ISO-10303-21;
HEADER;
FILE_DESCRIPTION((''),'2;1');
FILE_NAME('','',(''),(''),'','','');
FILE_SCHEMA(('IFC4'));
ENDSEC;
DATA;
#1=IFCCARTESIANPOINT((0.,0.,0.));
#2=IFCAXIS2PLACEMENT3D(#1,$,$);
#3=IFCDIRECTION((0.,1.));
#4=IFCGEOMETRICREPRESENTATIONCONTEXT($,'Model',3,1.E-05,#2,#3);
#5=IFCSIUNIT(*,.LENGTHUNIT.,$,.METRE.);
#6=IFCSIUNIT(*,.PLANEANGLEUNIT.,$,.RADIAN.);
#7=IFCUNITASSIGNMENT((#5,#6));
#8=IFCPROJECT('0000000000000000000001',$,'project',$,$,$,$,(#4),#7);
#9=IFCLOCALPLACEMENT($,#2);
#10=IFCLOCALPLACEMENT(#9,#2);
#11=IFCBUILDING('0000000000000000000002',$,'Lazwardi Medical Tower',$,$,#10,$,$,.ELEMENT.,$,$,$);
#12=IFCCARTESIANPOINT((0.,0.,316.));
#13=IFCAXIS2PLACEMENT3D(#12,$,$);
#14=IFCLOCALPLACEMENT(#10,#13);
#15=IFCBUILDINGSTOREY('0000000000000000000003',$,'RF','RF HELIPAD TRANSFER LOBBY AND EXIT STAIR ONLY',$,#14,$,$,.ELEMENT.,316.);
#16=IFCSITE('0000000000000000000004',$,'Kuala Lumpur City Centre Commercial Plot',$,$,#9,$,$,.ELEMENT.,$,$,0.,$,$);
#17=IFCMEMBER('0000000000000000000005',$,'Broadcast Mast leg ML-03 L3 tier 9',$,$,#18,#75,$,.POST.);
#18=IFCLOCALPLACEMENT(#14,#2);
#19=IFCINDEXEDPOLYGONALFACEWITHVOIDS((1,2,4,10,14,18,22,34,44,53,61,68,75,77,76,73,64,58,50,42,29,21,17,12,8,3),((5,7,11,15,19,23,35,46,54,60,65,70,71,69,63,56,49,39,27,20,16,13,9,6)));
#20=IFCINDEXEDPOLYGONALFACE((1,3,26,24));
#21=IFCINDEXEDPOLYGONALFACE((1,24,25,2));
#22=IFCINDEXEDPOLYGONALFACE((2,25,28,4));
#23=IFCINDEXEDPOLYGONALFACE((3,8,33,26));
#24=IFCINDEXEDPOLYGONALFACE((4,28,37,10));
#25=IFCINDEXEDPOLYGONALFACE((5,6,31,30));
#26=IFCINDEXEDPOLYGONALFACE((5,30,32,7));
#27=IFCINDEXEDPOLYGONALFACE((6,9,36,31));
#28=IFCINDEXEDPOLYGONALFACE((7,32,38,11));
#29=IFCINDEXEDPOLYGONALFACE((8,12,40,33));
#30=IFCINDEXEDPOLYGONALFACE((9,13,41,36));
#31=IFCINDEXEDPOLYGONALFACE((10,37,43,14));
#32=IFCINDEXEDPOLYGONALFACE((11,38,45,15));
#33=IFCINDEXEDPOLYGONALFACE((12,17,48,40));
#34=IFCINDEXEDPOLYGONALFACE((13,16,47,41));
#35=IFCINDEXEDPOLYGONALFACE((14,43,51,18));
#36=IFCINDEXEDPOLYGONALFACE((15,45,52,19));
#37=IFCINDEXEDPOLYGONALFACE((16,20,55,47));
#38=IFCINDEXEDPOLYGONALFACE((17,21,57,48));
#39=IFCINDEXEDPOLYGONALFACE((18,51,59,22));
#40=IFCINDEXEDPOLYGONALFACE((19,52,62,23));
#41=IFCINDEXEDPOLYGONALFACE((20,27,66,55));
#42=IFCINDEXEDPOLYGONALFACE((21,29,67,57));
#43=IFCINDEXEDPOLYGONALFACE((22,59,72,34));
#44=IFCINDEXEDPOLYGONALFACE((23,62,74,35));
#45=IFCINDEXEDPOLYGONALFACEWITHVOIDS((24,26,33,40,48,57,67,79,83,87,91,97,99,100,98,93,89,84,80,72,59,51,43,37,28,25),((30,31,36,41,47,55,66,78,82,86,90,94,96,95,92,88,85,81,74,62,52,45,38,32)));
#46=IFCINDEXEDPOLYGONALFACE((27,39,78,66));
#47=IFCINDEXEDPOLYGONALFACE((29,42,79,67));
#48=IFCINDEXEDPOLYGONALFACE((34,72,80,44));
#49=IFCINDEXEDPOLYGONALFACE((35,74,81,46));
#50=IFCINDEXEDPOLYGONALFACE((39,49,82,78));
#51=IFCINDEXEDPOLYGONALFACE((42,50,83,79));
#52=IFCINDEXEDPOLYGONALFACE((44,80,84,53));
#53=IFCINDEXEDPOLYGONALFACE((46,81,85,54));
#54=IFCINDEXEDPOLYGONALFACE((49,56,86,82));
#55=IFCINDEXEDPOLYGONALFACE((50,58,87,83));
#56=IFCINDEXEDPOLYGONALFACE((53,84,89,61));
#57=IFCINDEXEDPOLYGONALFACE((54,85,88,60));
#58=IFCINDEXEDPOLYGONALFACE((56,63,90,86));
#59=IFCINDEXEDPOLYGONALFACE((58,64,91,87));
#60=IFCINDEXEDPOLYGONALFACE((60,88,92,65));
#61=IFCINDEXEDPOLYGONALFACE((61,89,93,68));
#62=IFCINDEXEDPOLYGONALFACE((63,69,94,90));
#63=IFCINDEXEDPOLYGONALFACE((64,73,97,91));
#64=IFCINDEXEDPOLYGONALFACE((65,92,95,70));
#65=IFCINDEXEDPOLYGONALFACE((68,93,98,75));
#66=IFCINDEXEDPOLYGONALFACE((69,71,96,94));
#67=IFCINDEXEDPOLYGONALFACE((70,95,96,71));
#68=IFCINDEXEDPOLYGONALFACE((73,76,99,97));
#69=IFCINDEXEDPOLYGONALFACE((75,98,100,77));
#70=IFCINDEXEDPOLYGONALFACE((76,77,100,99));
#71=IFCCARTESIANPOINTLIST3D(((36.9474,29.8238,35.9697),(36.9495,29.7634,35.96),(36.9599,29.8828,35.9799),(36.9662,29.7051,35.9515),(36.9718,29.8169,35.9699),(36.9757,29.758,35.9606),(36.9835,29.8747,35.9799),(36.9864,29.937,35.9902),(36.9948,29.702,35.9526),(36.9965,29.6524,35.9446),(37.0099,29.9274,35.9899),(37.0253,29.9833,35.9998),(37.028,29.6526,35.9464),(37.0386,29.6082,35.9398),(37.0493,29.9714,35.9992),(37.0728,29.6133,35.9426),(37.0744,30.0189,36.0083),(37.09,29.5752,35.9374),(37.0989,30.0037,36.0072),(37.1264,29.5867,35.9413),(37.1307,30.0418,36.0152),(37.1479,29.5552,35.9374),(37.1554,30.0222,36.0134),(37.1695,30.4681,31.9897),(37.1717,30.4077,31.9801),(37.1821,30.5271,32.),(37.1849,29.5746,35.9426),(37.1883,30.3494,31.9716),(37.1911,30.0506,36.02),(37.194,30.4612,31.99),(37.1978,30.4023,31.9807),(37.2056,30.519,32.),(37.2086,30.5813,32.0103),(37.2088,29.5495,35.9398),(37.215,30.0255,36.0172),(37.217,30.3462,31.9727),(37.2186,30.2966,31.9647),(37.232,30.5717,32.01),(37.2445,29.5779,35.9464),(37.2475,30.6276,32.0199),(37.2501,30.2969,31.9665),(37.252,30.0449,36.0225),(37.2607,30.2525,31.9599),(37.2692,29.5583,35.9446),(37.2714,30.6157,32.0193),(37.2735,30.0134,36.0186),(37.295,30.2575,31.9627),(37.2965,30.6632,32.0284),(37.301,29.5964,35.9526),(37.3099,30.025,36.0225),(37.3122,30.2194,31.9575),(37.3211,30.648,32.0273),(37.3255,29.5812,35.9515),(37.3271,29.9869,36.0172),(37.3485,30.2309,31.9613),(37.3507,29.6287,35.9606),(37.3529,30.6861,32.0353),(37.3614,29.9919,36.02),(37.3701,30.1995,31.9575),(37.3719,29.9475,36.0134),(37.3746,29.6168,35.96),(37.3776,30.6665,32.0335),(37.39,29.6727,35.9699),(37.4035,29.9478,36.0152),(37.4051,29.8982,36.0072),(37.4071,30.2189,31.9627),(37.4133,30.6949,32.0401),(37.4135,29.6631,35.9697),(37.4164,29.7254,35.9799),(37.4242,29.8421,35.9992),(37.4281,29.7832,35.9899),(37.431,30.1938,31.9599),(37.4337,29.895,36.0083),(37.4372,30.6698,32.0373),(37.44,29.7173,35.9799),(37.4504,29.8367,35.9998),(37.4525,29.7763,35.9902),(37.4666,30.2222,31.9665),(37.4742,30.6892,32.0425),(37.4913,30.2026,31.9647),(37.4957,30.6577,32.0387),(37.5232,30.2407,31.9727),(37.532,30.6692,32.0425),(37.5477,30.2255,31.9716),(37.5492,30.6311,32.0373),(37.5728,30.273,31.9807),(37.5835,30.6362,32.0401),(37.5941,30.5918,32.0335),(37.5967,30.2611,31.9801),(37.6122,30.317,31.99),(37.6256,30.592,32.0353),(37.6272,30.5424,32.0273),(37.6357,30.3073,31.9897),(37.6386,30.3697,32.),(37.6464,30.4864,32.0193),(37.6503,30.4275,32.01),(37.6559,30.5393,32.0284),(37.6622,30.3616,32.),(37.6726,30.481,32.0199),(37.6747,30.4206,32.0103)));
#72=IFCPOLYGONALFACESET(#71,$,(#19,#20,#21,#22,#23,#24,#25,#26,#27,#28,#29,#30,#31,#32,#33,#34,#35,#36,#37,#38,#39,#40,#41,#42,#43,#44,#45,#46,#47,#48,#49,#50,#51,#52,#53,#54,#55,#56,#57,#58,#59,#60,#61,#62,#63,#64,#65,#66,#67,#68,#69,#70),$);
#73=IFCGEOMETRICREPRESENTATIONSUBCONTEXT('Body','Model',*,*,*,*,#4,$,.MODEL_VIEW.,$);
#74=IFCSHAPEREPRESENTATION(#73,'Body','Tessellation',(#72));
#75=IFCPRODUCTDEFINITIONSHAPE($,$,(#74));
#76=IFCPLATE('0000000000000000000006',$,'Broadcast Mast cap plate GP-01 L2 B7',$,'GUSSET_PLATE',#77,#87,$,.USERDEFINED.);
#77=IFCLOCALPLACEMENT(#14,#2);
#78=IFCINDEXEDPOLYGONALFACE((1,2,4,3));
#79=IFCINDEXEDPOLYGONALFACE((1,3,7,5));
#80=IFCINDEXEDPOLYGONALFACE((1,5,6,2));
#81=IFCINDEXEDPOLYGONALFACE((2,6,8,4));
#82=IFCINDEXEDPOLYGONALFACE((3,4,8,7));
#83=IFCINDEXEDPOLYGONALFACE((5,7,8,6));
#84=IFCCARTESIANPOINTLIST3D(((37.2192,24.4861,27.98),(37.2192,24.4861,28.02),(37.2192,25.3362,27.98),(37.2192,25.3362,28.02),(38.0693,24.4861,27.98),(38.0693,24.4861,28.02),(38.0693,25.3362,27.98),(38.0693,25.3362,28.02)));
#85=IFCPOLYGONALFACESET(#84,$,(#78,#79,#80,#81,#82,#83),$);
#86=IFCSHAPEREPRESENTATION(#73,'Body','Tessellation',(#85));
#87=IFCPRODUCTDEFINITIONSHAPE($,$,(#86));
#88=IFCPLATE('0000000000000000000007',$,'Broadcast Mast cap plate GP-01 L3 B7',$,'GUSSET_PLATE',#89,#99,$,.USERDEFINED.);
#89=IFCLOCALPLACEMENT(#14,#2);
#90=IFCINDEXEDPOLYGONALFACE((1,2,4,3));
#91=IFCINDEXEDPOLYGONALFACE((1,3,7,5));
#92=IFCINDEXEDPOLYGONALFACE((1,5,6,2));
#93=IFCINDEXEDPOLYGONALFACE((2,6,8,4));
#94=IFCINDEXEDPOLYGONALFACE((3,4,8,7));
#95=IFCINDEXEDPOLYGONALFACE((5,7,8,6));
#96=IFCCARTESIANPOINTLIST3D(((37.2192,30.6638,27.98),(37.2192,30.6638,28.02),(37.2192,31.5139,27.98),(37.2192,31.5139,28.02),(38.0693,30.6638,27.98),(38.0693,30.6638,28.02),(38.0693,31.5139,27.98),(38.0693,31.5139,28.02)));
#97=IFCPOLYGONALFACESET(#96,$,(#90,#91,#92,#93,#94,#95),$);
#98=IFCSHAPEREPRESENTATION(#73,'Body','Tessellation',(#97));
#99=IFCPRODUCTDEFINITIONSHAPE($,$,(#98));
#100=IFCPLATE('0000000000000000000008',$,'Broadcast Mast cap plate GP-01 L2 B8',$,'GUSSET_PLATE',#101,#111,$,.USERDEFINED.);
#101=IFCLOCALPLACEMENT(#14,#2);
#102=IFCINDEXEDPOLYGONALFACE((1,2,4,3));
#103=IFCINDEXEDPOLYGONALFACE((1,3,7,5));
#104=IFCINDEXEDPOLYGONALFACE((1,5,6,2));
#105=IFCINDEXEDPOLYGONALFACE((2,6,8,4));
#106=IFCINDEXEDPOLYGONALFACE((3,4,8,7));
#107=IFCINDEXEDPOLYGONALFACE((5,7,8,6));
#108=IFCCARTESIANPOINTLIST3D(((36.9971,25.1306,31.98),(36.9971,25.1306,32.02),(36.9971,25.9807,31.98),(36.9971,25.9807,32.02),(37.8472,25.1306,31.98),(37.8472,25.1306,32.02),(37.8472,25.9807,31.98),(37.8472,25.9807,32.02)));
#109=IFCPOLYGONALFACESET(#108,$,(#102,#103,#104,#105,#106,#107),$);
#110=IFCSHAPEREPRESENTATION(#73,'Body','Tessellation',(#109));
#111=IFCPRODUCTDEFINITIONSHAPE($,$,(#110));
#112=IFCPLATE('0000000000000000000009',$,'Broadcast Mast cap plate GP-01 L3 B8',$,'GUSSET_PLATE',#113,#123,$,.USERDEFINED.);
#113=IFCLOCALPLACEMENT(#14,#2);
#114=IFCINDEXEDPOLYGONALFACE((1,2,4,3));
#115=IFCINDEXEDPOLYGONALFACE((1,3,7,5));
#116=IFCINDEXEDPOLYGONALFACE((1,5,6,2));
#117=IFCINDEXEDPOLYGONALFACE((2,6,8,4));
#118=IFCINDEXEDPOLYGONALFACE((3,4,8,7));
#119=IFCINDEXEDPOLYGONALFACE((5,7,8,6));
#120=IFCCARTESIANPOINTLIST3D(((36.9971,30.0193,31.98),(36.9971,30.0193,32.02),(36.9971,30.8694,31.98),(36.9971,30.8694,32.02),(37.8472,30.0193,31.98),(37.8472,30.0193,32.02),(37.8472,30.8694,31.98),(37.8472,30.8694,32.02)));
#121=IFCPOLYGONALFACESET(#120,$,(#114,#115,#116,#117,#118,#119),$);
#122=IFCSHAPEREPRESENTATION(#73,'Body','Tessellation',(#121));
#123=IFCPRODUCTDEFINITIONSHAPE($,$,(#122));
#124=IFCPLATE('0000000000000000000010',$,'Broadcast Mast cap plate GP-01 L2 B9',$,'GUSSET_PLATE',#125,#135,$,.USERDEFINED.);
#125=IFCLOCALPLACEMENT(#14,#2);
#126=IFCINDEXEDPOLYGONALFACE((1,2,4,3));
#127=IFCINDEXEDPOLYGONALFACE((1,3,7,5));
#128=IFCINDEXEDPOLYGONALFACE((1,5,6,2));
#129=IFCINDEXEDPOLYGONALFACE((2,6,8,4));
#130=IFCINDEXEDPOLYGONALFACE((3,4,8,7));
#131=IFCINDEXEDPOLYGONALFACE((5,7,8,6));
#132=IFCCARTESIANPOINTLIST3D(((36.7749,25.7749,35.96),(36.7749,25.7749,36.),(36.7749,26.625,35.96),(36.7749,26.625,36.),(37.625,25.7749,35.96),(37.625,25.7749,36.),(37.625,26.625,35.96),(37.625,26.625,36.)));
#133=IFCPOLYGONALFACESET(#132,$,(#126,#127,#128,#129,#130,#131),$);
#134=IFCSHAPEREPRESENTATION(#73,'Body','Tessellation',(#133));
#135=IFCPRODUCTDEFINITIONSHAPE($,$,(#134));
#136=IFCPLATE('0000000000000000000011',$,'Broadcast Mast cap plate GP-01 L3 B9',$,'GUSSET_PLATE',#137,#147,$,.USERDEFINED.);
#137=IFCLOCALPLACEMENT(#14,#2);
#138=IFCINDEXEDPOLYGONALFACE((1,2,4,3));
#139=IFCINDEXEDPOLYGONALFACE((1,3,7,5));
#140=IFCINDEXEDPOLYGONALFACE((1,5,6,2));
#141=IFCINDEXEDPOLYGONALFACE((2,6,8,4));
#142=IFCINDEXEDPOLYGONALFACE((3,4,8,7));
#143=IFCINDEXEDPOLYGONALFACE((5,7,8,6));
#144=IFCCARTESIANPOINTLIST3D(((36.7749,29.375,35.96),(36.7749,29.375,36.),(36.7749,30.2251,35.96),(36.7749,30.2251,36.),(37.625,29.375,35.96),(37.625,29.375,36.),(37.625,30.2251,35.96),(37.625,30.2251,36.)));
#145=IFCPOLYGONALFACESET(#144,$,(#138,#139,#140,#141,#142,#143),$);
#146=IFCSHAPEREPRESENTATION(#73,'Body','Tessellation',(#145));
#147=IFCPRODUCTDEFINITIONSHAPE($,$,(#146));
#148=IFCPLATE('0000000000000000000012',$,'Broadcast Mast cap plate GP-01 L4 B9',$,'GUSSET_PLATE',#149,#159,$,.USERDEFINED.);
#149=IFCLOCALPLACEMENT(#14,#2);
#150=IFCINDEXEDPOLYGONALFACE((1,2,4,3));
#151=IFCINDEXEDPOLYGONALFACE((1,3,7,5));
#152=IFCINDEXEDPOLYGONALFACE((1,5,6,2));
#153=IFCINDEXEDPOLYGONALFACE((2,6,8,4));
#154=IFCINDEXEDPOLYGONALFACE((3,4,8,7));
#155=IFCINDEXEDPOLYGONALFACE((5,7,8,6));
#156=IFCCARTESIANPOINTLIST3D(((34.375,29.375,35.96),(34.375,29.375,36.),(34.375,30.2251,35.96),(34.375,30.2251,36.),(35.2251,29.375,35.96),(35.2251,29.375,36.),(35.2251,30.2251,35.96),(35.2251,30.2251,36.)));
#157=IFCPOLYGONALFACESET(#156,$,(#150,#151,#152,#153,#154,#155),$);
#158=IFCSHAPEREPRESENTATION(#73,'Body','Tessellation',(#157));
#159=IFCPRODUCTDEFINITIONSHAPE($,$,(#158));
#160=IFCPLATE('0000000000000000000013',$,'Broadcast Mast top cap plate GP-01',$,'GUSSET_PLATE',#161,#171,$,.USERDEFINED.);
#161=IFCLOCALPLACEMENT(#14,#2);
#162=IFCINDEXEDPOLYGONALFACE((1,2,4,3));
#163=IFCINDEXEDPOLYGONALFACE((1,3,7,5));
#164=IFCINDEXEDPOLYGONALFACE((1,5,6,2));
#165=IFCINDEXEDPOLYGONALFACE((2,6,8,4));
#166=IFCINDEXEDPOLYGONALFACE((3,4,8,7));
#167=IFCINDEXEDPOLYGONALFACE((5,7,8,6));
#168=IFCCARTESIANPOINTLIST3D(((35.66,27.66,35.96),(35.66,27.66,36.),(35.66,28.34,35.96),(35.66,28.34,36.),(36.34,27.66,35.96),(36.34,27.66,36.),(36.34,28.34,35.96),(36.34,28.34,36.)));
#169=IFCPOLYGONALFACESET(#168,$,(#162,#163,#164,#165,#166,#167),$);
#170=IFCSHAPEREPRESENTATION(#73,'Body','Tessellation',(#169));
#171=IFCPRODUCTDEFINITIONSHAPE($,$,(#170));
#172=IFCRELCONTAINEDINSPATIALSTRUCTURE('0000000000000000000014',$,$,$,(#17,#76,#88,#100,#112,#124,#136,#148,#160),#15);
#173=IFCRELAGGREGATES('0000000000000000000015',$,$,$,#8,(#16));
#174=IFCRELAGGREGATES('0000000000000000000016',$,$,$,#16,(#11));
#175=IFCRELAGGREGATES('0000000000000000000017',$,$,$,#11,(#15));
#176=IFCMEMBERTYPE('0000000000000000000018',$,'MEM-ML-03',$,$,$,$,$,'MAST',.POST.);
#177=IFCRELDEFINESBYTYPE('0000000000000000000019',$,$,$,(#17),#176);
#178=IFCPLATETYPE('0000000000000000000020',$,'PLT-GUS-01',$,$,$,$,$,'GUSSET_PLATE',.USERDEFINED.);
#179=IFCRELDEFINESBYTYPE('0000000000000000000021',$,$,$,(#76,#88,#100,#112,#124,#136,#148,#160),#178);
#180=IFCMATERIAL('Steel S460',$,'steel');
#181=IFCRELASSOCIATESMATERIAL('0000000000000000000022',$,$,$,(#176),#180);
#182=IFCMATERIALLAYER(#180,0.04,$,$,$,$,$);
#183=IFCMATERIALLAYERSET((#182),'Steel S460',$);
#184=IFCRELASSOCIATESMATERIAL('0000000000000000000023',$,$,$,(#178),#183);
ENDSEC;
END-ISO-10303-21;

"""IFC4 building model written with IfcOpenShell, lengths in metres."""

from ifc_helpers import new_model, si_unit, direction, frame, origin, origin_2d, place, context, subcontext, project, spatial, rectangle, hollow_circle, extrude, material, layer, layer_set, material_profile, profile_set, type_object, element, save


model = new_model("IFC4")

# Units and contexts
model_context = context("Model", 3, precision=1e-05, world=origin(), true_north=direction((0.0, 1.0)))
body_context = subcontext(model_context, "Body", "Model", "MODEL_VIEW")
ifc_project = project(units=[si_unit("LENGTHUNIT", "METRE"), si_unit("PLANEANGLEUNIT", "RADIAN")], contexts=[model_context])

# Site, building, storey
site_placement = place(None, origin())
site = spatial("IfcSite", under=ifc_project, at=site_placement, Name="Kuala Lumpur City Centre Commercial Plot", CompositionType="ELEMENT", RefElevation=0.0)
building_placement = place(site_placement, origin())
building = spatial("IfcBuilding", under=site, at=building_placement, Name="Lazwardi Medical Tower", CompositionType="ELEMENT")
storey_placement = place(building_placement, frame((0.0, 0.0, 316.0)))
storey = spatial("IfcBuildingStorey", under=building, at=storey_placement, Name="RF", Description="RF HELIPAD TRANSFER LOBBY AND EXIT STAIR ONLY", CompositionType="ELEMENT", Elevation=316.0)

# Member
ifc_material = material(Name="Steel S460", Category="steel")
ifc_material_profile_1 = material_profile(ifc_material, hollow_circle(Radius=0.2539, WallThickness=0.0249, at=origin_2d()), Name="CHS 508x25")
ifc_profile_set_1 = profile_set([ifc_material_profile_1], Name="Steel S460")
member_type_1 = type_object("IfcMemberType", Name="MEM-ML-03", ElementType="MAST", PredefinedType="POST", material=ifc_profile_set_1)
for number, where, z_axis, x_axis, name in (
    (1, (37.4221, 30.4443, 32.0), (-0.055021, -0.15956, 0.985654), (0.945373, -0.325991, 0.0), "Broadcast Mast leg ML-03 L3 tier 9"),
):
    element("IfcMember", number, at=place(storey_placement, frame(where, z_axis=z_axis, x_axis=x_axis)), inside=storey, type_object=member_type_1, Name=name, PredefinedType="POST", context=body_context, shape_type="SweptSolid", body=[
        extrude(hollow_circle(Radius=0.2539, WallThickness=0.0249, at=origin_2d()), origin(), (0.0, 0.0, 1.0), 4.0378),
    ])

# Plates
ifc_layer = layer(ifc_material, 0.04)
ifc_layer_set = layer_set([ifc_layer], Name="Steel S460")
plate_type = type_object("IfcPlateType", Name="PLT-GUS-01", ElementType="GUSSET_PLATE", PredefinedType="USERDEFINED", material=ifc_layer_set)
for number, where, z_axis, x_axis, name in (
    (2, (37.6443, 24.9111, 27.98), (0.0, 0.0, 1.0), (1.0, 0.0, 0.0), "Broadcast Mast cap plate GP-01 L2 B7"),
    (3, (37.6443, 31.0889, 27.98), (0.0, 0.0, 1.0), (1.0, 0.0, 0.0), "Broadcast Mast cap plate GP-01 L3 B7"),
    (4, (37.4221, 25.5557, 31.98), (0.0, 0.0, 1.0), (1.0, 0.0, 0.0), "Broadcast Mast cap plate GP-01 L2 B8"),
    (5, (37.4221, 30.4443, 31.98), (0.0, 0.0, 1.0), (1.0, 0.0, 0.0), "Broadcast Mast cap plate GP-01 L3 B8"),
    (6, (37.2, 26.2, 35.96), (0.0, 0.0, 1.0), (1.0, 0.0, 0.0), "Broadcast Mast cap plate GP-01 L2 B9"),
    (7, (37.2, 29.8, 35.96), (0.0, 0.0, 1.0), (1.0, 0.0, 0.0), "Broadcast Mast cap plate GP-01 L3 B9"),
    (8, (34.8, 29.8, 35.96), (0.0, 0.0, 1.0), (1.0, 0.0, 0.0), "Broadcast Mast cap plate GP-01 L4 B9"),
):
    element("IfcPlate", number, at=place(storey_placement, frame(where, z_axis=z_axis, x_axis=x_axis)), inside=storey, type_object=plate_type, Name=name, ObjectType="GUSSET_PLATE", PredefinedType="USERDEFINED", context=body_context, shape_type="SweptSolid", body=[
        extrude(rectangle(XDim=0.8501, YDim=0.8501, at=origin_2d()), origin(), (0.0, 0.0, 1.0), 0.04),
    ])
plate_placement = place(storey_placement, frame((36.0, 28.0, 35.96), z_axis=(0.0, 0.0, 1.0), x_axis=(1.0, 0.0, 0.0)))
element("IfcPlate", 9, at=plate_placement, inside=storey, type_object=plate_type, Name="Broadcast Mast top cap plate GP-01", ObjectType="GUSSET_PLATE", PredefinedType="USERDEFINED", context=body_context, shape_type="SweptSolid", body=[
    extrude(rectangle(XDim=0.6799, YDim=0.6799, at=origin_2d()), origin(), (0.0, 0.0, 1.0), 0.04),
])

save(model, "model.ifc")
